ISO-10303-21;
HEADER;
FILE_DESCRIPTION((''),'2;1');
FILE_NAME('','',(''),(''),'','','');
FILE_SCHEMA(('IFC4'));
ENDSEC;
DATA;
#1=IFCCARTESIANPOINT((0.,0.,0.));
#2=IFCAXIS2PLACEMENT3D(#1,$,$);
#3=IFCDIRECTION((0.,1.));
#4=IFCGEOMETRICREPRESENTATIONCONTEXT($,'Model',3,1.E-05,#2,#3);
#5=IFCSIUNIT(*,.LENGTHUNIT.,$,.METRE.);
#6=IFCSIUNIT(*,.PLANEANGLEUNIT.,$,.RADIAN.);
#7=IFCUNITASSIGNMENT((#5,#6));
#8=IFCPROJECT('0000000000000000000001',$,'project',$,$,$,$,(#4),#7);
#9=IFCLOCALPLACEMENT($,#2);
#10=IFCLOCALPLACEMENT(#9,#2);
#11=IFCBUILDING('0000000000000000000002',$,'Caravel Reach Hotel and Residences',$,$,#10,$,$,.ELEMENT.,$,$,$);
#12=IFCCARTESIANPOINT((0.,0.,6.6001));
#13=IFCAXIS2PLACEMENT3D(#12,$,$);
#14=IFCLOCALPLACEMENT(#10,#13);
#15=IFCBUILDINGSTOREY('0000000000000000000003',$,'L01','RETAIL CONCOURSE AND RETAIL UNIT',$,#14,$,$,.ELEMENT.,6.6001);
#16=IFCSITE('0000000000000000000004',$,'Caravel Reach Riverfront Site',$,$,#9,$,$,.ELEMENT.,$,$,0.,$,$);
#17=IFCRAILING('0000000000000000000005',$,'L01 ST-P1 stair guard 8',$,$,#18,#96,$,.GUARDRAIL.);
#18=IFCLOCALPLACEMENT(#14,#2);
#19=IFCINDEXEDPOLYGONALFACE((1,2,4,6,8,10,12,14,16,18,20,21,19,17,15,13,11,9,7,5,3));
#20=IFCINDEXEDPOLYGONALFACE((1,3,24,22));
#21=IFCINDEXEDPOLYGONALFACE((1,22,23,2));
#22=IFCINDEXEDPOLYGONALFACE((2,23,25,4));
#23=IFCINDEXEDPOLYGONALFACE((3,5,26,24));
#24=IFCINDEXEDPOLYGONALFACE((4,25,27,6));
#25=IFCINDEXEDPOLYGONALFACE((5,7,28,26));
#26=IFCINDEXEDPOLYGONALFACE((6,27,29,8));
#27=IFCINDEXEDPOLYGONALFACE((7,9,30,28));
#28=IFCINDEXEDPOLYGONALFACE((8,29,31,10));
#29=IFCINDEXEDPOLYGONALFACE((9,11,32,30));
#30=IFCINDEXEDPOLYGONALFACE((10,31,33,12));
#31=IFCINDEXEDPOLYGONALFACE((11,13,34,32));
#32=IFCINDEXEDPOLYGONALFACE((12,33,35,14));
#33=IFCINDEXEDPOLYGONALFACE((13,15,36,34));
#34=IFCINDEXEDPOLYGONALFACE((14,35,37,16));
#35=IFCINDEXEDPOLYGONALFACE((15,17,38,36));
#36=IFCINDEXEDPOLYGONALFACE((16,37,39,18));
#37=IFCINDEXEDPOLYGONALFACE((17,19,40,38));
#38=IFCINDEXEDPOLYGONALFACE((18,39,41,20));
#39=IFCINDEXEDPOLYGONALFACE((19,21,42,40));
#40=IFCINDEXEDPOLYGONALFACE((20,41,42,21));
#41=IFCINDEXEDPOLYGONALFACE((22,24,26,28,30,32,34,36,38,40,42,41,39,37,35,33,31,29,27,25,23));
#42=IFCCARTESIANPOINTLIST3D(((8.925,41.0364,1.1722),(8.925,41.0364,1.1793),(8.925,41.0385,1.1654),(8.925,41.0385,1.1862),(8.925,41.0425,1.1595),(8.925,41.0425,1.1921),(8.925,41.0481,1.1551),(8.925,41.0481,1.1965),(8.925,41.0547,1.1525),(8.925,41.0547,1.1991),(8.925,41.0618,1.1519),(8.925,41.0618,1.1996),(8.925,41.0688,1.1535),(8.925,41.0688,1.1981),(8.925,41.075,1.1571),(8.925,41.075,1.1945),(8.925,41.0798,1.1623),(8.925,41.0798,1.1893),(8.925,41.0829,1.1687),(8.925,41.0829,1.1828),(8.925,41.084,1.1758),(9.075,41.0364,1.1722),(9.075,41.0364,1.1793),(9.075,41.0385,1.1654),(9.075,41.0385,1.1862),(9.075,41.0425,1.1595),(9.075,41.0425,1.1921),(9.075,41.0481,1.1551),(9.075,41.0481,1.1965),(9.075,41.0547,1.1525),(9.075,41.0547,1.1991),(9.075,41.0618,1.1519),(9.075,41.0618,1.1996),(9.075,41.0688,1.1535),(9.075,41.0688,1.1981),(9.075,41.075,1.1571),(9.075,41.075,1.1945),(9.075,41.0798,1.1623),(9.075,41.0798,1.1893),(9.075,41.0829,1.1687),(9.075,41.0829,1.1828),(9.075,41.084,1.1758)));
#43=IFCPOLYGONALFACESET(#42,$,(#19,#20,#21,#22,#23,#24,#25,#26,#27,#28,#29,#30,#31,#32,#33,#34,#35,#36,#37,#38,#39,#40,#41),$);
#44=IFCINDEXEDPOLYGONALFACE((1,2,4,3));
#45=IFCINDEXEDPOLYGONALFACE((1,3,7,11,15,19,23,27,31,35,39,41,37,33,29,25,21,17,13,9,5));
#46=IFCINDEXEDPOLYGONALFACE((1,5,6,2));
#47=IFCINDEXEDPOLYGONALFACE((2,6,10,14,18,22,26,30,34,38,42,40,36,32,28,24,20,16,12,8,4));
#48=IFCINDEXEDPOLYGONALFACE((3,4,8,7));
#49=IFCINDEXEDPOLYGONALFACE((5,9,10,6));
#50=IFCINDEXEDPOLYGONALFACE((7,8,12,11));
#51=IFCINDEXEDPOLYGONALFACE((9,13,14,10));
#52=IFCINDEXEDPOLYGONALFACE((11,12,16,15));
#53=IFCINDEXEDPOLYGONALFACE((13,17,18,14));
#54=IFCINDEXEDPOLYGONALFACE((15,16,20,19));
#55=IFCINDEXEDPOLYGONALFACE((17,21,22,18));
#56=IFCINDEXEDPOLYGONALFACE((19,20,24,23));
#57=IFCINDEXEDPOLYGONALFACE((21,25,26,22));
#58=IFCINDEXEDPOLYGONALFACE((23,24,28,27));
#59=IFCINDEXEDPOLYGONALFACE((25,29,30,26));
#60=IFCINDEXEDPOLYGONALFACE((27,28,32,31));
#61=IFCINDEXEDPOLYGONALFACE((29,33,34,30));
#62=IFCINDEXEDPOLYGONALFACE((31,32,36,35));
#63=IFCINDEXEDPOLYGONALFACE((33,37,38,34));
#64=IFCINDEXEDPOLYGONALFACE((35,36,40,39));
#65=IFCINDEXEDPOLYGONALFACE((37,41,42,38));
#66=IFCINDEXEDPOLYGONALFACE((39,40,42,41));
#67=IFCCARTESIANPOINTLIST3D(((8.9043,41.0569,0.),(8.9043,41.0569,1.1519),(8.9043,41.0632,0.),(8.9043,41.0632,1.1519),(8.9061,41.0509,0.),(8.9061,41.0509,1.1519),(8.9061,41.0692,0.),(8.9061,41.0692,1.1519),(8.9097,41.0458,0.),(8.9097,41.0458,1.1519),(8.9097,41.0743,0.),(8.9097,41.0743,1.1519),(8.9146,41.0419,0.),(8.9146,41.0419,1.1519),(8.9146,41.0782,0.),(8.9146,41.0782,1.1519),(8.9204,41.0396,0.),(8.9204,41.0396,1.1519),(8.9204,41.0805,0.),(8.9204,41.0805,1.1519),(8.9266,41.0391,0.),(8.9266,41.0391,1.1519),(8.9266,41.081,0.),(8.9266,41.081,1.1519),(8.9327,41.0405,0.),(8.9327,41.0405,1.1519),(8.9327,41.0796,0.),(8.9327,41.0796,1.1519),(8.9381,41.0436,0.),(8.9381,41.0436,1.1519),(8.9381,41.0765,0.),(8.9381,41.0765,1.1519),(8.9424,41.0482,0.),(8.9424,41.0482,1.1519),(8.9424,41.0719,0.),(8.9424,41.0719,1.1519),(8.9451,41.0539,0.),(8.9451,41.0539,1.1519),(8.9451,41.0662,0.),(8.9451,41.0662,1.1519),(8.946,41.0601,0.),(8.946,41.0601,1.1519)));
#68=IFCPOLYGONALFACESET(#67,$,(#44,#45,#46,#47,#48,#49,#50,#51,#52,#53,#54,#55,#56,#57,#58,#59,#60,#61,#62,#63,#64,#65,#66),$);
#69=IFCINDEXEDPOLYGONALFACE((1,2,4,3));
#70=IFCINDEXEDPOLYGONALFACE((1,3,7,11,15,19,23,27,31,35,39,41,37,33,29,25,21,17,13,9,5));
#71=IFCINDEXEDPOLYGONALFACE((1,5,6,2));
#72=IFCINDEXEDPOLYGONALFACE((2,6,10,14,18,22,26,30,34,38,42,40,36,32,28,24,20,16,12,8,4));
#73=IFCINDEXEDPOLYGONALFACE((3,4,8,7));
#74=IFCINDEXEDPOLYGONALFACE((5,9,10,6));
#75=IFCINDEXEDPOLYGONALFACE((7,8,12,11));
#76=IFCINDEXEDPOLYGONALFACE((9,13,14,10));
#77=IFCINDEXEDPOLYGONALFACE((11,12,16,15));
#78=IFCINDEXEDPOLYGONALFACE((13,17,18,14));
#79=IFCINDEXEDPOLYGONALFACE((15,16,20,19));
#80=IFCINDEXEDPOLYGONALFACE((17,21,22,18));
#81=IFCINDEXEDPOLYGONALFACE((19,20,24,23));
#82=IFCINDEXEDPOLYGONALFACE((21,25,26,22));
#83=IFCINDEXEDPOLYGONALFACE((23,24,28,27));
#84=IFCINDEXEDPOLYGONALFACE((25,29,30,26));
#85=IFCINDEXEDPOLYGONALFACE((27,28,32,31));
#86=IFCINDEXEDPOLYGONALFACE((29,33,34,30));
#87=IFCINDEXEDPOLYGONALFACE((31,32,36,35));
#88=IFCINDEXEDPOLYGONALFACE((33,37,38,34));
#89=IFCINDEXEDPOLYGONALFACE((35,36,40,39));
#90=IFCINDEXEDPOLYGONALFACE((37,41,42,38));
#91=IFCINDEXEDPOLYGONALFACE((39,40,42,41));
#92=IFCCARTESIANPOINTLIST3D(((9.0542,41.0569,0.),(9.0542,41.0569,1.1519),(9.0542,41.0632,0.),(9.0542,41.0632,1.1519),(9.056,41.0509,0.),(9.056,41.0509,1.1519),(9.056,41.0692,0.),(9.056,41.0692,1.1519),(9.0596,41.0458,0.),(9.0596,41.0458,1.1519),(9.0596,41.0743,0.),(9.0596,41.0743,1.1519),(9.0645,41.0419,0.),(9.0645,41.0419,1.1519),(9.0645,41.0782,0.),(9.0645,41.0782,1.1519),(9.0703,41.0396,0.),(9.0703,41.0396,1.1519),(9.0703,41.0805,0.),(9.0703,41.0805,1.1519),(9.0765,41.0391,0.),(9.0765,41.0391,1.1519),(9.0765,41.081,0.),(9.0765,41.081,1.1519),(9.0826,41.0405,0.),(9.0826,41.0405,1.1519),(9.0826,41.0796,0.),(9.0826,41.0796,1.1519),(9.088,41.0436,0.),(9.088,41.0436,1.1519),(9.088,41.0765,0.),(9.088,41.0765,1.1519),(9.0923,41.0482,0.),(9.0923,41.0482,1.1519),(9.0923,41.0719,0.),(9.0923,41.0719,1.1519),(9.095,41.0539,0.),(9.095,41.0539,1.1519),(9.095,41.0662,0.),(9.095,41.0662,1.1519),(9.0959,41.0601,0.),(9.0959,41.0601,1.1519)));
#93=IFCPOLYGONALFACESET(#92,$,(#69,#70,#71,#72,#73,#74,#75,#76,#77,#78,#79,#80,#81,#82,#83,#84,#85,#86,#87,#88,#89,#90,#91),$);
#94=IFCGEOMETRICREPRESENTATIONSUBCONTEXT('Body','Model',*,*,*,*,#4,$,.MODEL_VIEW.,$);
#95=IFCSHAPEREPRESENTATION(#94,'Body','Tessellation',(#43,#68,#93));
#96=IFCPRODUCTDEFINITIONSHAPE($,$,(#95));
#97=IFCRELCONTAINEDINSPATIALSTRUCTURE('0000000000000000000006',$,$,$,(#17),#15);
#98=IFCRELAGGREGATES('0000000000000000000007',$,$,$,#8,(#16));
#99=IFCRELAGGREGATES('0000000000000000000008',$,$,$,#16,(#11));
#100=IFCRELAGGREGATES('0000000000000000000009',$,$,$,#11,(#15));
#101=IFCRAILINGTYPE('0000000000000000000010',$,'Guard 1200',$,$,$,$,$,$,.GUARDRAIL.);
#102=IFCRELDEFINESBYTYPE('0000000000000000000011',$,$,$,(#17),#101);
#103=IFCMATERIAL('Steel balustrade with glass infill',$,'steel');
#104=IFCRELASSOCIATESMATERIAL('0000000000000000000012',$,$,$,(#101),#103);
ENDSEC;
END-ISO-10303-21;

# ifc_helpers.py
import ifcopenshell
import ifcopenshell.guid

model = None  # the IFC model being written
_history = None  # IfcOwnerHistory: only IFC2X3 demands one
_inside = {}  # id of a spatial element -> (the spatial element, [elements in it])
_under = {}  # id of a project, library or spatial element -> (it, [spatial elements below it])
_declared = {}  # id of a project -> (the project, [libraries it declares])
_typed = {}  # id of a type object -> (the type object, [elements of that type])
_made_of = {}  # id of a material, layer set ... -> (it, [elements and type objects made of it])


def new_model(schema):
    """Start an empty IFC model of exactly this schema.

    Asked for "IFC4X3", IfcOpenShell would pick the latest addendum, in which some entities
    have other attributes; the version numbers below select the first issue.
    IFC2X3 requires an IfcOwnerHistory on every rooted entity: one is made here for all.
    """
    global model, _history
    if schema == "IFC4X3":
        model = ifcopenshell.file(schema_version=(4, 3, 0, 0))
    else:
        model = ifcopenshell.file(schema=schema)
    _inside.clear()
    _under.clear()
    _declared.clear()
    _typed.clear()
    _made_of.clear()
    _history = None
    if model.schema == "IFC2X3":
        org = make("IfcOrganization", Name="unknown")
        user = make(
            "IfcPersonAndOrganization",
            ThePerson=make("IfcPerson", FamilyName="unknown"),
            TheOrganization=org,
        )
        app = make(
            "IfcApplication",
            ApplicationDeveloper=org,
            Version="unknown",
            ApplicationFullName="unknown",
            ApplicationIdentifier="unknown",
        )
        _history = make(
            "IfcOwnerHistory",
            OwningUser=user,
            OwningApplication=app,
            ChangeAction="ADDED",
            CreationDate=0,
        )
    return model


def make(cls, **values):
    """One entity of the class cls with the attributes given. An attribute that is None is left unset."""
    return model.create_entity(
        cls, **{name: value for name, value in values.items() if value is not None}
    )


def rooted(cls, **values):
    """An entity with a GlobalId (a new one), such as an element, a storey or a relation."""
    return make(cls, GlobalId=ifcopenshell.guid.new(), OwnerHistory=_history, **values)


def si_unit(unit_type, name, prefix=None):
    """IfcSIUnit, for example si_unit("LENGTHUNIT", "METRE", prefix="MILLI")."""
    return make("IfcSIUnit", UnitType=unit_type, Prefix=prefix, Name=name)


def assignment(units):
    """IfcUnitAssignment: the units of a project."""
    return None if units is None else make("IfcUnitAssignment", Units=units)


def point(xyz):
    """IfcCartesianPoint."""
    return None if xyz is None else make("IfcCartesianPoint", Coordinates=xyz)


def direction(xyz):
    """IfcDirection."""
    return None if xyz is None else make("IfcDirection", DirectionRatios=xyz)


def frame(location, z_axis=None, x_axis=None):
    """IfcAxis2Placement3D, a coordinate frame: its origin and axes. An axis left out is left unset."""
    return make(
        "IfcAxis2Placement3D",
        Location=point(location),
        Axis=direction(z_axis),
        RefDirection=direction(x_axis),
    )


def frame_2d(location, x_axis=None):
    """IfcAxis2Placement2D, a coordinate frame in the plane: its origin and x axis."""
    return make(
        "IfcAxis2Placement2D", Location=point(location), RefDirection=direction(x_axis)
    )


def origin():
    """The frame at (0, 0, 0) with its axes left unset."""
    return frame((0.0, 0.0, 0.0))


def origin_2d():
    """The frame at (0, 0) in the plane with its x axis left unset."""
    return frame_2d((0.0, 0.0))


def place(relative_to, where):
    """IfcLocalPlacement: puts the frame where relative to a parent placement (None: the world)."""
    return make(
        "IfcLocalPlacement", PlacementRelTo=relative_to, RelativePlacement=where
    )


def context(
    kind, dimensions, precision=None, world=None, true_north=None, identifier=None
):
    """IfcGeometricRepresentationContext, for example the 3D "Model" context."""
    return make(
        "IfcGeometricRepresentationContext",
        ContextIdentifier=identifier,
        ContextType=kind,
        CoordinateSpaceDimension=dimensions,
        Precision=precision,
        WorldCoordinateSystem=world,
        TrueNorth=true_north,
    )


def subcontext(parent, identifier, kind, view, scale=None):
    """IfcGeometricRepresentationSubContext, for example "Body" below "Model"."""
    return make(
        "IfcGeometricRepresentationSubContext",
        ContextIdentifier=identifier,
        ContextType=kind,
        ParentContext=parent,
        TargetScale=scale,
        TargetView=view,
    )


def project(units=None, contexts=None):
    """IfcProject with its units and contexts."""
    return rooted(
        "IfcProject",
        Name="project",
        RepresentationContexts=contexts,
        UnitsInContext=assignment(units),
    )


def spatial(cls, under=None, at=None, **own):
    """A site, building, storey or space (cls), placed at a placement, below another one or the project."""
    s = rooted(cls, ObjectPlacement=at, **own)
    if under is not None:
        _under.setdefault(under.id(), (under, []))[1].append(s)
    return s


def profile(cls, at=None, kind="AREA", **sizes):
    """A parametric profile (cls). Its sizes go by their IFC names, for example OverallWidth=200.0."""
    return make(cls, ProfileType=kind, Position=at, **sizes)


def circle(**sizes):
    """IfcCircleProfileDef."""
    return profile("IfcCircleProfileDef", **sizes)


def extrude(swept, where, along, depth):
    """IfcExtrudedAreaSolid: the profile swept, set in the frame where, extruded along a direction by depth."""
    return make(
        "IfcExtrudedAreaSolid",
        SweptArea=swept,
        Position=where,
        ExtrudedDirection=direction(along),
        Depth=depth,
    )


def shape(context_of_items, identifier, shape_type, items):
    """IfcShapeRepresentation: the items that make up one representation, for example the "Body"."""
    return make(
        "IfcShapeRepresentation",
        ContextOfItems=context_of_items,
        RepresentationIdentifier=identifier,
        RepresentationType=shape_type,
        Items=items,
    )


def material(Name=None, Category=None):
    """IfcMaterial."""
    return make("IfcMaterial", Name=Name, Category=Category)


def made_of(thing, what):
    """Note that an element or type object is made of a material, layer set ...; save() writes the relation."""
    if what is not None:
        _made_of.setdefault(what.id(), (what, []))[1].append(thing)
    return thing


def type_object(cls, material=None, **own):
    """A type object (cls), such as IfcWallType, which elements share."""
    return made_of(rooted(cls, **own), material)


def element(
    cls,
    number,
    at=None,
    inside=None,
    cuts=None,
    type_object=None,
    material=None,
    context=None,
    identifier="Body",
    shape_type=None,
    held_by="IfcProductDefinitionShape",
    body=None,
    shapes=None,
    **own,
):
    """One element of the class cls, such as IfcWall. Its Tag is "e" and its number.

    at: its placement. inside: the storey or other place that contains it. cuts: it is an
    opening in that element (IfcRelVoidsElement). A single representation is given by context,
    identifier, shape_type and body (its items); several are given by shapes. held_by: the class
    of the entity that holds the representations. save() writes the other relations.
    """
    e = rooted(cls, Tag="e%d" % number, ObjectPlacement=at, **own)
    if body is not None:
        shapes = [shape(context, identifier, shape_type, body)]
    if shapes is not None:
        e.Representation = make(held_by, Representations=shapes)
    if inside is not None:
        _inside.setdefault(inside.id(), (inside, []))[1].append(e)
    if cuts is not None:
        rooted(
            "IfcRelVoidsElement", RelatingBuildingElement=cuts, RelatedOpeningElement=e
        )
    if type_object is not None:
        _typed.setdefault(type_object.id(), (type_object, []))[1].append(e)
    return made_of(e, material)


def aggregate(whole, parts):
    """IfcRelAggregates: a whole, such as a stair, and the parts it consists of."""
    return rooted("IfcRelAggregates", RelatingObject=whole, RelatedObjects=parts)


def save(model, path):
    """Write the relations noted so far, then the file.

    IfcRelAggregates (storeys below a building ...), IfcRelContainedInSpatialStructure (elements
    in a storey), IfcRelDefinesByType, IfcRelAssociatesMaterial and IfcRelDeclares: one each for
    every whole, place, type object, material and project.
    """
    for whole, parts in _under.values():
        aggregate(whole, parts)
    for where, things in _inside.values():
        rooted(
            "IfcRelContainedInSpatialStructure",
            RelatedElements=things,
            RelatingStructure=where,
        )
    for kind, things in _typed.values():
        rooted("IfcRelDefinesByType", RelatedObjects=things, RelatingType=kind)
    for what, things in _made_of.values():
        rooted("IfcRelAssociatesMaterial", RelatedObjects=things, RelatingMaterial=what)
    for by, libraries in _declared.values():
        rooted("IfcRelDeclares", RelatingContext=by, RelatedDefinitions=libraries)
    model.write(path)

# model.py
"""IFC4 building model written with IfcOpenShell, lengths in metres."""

from ifc_helpers import new_model, si_unit, direction, frame, origin, origin_2d, place, context, subcontext, project, spatial, circle, extrude, material, type_object, element, save


model = new_model("IFC4")

# Units and contexts
model_context = context("Model", 3, precision=1e-05, world=origin(), true_north=direction((0.0, 1.0)))
body_context = subcontext(model_context, "Body", "Model", "MODEL_VIEW")
ifc_project = project(units=[si_unit("LENGTHUNIT", "METRE"), si_unit("PLANEANGLEUNIT", "RADIAN")], contexts=[model_context])

# Site, building, storey
site_placement = place(None, origin())
site = spatial("IfcSite", under=ifc_project, at=site_placement, Name="Caravel Reach Riverfront Site", CompositionType="ELEMENT", RefElevation=0.0)
building_placement = place(site_placement, origin())
building = spatial("IfcBuilding", under=site, at=building_placement, Name="Caravel Reach Hotel and Residences", CompositionType="ELEMENT")
storey_placement = place(building_placement, frame((0.0, 0.0, 6.6001)))
storey = spatial("IfcBuildingStorey", under=building, at=storey_placement, Name="L01", Description="RETAIL CONCOURSE AND RETAIL UNIT", CompositionType="ELEMENT", Elevation=6.6001)

# Railing
ifc_material_1 = material(Name="Steel balustrade with glass infill", Category="steel")
railing_type = type_object("IfcRailingType", Name="Guard 1200", PredefinedType="GUARDRAIL", material=ifc_material_1)
railing_placement = place(storey_placement, frame((8.925, 41.0601, 0.0)))
element("IfcRailing", 1, at=railing_placement, inside=storey, type_object=railing_type, Name="L01 ST-P1 stair guard 8", PredefinedType="GUARDRAIL", context=body_context, shape_type="SweptSolid", body=[
    extrude(circle(Radius=0.0239, at=origin_2d()), frame((0.0, 0.0, 1.1758), z_axis=(1.0, 0.0, 0.0), x_axis=(0.0, 1.0, 0.0)), (0.0, 0.0, 1.0), 0.1499),
    extrude(circle(Radius=0.021, at=origin_2d()), origin(), (0.0, 0.0, 1.0), 1.1519),
    extrude(circle(Radius=0.021, at=origin_2d()), frame((0.1499, 0.0, 0.0)), (0.0, 0.0, 1.0), 1.1519),
])

save(model, "model.ifc")
